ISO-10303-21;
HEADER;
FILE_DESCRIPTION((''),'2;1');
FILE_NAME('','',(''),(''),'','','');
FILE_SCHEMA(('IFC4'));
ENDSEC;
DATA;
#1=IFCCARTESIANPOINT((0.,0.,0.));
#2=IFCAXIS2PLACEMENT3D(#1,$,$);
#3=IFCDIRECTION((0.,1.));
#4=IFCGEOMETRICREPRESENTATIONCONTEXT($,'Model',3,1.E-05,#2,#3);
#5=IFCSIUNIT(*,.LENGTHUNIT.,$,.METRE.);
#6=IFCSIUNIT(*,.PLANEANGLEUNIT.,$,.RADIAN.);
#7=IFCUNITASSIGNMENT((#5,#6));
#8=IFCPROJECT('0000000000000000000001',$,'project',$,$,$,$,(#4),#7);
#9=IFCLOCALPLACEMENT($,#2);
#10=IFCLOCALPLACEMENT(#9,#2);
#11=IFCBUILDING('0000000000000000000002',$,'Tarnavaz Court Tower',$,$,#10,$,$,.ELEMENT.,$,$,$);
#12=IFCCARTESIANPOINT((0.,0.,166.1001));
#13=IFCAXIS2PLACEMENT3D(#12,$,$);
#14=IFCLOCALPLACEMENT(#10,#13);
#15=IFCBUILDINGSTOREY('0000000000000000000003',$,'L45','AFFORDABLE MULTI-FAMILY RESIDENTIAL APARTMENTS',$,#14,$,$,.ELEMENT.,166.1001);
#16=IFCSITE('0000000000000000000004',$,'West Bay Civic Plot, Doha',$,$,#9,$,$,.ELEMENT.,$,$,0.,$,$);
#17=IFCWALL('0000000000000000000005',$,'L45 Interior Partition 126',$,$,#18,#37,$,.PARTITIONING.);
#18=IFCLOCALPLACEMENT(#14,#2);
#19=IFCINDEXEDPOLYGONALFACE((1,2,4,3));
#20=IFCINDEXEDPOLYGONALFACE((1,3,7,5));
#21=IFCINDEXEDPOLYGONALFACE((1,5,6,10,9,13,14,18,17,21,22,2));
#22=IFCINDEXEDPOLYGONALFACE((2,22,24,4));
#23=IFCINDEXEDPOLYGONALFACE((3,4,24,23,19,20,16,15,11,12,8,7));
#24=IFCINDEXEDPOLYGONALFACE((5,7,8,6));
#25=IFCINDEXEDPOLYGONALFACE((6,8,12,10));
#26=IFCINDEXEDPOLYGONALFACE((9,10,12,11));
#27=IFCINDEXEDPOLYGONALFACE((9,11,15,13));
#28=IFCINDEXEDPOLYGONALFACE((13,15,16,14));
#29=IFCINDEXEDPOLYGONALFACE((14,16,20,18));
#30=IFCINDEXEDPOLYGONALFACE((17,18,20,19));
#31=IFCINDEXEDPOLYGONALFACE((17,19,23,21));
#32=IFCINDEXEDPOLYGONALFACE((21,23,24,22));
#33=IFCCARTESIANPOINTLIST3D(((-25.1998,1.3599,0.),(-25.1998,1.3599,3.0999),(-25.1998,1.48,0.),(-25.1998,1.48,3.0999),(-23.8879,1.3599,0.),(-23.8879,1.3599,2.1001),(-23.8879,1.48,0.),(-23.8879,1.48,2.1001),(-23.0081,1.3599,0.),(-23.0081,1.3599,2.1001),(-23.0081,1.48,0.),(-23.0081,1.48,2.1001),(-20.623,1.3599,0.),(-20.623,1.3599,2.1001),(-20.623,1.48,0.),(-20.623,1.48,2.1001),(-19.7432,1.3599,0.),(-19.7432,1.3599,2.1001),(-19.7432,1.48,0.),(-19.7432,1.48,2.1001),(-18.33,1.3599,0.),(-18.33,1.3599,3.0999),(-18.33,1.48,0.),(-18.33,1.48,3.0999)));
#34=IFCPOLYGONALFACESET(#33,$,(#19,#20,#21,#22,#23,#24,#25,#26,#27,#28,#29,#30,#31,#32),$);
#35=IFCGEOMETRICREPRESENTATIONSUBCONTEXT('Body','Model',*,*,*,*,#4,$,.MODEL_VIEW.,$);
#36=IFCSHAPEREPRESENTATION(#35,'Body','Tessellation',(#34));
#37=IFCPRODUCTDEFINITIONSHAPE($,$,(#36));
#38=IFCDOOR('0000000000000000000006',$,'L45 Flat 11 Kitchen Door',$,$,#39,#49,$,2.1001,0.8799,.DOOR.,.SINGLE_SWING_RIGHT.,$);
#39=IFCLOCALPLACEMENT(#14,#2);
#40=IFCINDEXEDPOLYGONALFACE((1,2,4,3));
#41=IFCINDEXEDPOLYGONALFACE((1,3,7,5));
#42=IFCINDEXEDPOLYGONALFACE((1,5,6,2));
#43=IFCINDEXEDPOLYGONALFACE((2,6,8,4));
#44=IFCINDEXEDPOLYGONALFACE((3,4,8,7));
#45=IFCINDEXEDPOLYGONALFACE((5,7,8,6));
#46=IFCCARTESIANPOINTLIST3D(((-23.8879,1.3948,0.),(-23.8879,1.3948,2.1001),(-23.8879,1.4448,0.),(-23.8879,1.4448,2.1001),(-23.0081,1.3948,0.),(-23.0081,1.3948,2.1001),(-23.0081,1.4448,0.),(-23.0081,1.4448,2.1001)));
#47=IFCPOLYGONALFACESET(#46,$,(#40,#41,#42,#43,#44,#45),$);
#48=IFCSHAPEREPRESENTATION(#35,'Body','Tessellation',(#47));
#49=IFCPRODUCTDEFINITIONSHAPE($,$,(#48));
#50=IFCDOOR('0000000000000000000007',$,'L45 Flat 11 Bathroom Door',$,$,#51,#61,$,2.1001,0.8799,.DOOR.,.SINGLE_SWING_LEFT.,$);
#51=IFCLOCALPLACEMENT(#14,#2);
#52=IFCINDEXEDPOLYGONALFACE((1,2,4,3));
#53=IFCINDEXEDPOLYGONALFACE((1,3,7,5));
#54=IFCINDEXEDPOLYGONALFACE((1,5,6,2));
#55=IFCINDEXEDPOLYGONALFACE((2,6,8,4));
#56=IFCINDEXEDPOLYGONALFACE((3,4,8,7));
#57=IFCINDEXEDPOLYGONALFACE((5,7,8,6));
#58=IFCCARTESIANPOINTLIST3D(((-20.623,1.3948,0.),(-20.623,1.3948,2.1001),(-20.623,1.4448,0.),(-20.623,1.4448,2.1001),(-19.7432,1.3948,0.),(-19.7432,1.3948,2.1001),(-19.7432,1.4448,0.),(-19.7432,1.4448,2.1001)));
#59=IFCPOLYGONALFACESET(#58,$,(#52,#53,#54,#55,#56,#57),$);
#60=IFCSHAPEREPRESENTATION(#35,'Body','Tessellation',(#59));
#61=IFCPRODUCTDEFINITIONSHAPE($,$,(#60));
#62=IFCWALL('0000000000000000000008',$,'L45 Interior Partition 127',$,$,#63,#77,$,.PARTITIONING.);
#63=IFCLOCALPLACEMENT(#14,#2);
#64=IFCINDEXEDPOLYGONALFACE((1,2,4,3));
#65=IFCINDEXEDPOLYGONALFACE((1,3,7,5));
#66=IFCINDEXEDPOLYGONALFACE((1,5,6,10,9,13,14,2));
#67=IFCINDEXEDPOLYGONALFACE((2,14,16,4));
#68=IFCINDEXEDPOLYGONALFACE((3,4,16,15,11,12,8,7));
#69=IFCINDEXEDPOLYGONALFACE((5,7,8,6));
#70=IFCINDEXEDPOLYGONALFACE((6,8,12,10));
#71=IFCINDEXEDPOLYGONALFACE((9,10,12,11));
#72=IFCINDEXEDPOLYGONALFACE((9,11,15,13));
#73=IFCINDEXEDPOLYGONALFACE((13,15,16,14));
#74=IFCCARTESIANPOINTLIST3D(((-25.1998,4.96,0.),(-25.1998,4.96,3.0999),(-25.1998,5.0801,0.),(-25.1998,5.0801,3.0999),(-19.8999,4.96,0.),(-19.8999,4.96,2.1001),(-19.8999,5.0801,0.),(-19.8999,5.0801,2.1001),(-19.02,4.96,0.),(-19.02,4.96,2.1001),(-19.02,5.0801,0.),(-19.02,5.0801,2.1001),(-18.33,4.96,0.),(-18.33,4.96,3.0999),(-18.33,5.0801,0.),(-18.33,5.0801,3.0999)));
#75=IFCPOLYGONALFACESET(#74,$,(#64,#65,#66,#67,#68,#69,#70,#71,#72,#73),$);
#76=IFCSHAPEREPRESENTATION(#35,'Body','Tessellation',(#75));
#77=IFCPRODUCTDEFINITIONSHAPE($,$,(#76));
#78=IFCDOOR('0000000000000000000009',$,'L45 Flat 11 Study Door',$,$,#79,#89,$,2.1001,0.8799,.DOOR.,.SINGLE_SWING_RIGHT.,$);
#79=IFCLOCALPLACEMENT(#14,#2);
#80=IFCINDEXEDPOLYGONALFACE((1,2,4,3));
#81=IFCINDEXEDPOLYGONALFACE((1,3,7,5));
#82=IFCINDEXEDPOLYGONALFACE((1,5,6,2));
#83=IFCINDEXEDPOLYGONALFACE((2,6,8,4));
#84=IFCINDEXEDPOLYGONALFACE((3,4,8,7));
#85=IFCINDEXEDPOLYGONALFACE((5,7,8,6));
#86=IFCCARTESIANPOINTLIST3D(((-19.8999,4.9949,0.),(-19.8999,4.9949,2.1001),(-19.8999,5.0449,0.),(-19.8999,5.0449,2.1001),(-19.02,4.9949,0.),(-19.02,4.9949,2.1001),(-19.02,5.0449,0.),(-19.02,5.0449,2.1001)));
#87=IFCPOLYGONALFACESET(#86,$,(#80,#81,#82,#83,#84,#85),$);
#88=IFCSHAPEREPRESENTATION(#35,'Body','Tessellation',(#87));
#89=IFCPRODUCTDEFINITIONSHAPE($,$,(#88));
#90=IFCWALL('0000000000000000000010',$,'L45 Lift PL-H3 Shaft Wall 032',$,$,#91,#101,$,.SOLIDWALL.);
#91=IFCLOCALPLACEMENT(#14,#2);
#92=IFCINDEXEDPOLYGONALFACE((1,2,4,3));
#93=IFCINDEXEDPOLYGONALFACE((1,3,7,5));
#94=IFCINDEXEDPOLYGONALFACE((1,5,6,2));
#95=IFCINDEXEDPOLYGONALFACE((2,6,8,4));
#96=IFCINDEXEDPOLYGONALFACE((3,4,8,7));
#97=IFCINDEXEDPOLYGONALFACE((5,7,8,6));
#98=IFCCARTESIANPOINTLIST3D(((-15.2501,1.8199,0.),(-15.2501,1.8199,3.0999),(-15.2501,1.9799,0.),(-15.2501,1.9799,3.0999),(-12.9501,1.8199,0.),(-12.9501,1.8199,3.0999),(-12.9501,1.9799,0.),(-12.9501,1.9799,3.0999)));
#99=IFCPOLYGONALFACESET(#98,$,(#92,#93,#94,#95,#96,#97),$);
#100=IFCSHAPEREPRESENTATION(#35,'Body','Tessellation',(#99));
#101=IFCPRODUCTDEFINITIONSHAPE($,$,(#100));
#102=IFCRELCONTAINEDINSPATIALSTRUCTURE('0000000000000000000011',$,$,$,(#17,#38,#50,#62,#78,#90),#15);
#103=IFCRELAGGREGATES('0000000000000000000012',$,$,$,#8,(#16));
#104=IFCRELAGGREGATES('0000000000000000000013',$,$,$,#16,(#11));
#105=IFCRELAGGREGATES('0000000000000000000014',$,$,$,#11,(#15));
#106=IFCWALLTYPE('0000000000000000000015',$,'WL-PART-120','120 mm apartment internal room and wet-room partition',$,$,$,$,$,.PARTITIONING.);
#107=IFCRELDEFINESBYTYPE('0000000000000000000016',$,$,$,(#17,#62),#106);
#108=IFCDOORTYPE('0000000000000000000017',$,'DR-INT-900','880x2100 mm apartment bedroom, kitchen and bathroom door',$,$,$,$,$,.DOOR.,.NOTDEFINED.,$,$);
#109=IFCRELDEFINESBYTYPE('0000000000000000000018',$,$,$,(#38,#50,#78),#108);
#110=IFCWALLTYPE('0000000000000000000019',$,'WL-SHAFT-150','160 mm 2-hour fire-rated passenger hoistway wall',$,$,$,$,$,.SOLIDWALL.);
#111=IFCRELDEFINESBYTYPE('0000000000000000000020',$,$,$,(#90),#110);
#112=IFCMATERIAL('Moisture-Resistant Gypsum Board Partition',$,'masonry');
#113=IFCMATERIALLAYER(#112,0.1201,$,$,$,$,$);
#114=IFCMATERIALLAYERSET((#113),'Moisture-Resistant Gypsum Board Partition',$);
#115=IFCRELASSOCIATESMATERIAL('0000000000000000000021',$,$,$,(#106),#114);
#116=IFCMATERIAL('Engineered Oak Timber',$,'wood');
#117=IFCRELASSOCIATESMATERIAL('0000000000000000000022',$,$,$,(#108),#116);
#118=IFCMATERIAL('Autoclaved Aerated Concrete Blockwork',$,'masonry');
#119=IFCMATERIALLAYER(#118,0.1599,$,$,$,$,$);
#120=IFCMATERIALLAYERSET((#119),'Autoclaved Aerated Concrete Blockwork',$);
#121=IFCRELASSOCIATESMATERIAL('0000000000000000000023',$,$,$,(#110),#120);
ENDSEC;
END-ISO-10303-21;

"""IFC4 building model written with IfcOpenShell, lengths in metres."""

from ifc_helpers import new_model, si_unit, direction, frame, frame_2d, origin, place, context, subcontext, project, spatial, rectangle, extrude, material, layer, layer_set, type_object, element, fill, save


model = new_model("IFC4")

# Units and contexts
model_context = context("Model", 3, precision=1e-05, world=origin(), true_north=direction((0.0, 1.0)))
body_context = subcontext(model_context, "Body", "Model", "MODEL_VIEW")
ifc_project = project(units=[si_unit("LENGTHUNIT", "METRE"), si_unit("PLANEANGLEUNIT", "RADIAN")], contexts=[model_context])

# Site, building, storey
site_placement = place(None, origin())
site = spatial("IfcSite", under=ifc_project, at=site_placement, Name="West Bay Civic Plot, Doha", CompositionType="ELEMENT", RefElevation=0.0)
building_placement = place(site_placement, origin())
building = spatial("IfcBuilding", under=site, at=building_placement, Name="Tarnavaz Court Tower", CompositionType="ELEMENT")
storey_placement = place(building_placement, frame((0.0, 0.0, 166.1001)))
storey = spatial("IfcBuildingStorey", under=building, at=storey_placement, Name="L45", Description="AFFORDABLE MULTI-FAMILY RESIDENTIAL APARTMENTS", CompositionType="ELEMENT", Elevation=166.1001)

# Shared definitions
ifc_material_1 = material(Name="Autoclaved Aerated Concrete Blockwork", Category="masonry")

# Wall, openings, doors
ifc_material_2 = material(Name="Moisture-Resistant Gypsum Board Partition", Category="masonry")
ifc_layer_1 = layer(ifc_material_2, 0.1201)
ifc_layer_set_1 = layer_set([ifc_layer_1], Name="Moisture-Resistant Gypsum Board Partition")
wall_type_1 = type_object("IfcWallType", Name="WL-PART-120", Description="120 mm apartment internal room and wet-room partition", PredefinedType="PARTITIONING", material=ifc_layer_set_1)
wall_1_placement = place(storey_placement, frame((-25.2, 1.4199, 0.0), z_axis=(0.0, 0.0, 1.0), x_axis=(1.0, 0.0, 0.0)))
wall_1 = element("IfcWall", 1, at=wall_1_placement, inside=storey, type_object=wall_type_1, Name="L45 Interior Partition 126", PredefinedType="PARTITIONING", context=body_context, shape_type="SweptSolid", body=[
    extrude(rectangle(XDim=6.8699, YDim=0.1201, at=frame_2d((3.4351, 0.0))), origin(), (0.0, 0.0, 1.0), 3.0999),
])
opening_1_placement = place(wall_1_placement, frame((1.312, 0.0, 0.0)))
opening_1 = element("IfcOpeningElement", 2, at=opening_1_placement, cuts=wall_1, PredefinedType="OPENING", context=body_context, shape_type="SweptSolid", body=[
    extrude(rectangle(XDim=0.8799, YDim=2.1001, at=frame_2d((0.4399, 1.05))), frame((0.0, 0.0701, 0.0), z_axis=(0.0, -1.0, 0.0), x_axis=(1.0, 0.0, 0.0)), (0.0, 0.0, 1.0), 0.1401),
])
opening_2_placement = place(wall_1_placement, frame((4.5769, 0.0, 0.0)))
opening_2 = element("IfcOpeningElement", 3, at=opening_2_placement, cuts=wall_1, PredefinedType="OPENING", context=body_context, shape_type="SweptSolid", body=[
    extrude(rectangle(XDim=0.8799, YDim=2.1001, at=frame_2d((0.4399, 1.05))), frame((0.0, 0.0701, 0.0), z_axis=(0.0, -1.0, 0.0), x_axis=(1.0, 0.0, 0.0)), (0.0, 0.0, 1.0), 0.1401),
])
ifc_material_3 = material(Name="Engineered Oak Timber", Category="wood")
door_type_1 = type_object("IfcDoorType", Name="DR-INT-900", Description="880x2100 mm apartment bedroom, kitchen and bathroom door", OperationType="NOTDEFINED", PredefinedType="DOOR", material=ifc_material_3)
door_1_placement = place(opening_1_placement, origin())
door_1 = element("IfcDoor", 4, at=door_1_placement, inside=storey, type_object=door_type_1, Name="L45 Flat 11 Kitchen Door", OperationType="SINGLE_SWING_RIGHT", OverallHeight=2.1001, OverallWidth=0.8799, PredefinedType="DOOR", context=body_context, shape_type="SweptSolid", body=[
    extrude(rectangle(XDim=0.8799, YDim=2.1001, at=frame_2d((0.4399, 1.05))), frame((0.0, 0.0249, 0.0), z_axis=(0.0, -1.0, 0.0), x_axis=(1.0, 0.0, 0.0)), (0.0, 0.0, 1.0), 0.05),
])
fill(opening_1, door_1)
door_2_placement = place(opening_2_placement, origin())
door_2 = element("IfcDoor", 5, at=door_2_placement, inside=storey, type_object=door_type_1, Name="L45 Flat 11 Bathroom Door", OperationType="SINGLE_SWING_LEFT", OverallHeight=2.1001, OverallWidth=0.8799, PredefinedType="DOOR", context=body_context, shape_type="SweptSolid", body=[
    extrude(rectangle(XDim=0.8799, YDim=2.1001, at=frame_2d((0.4399, 1.05))), frame((0.0, 0.0249, 0.0), z_axis=(0.0, -1.0, 0.0), x_axis=(1.0, 0.0, 0.0)), (0.0, 0.0, 1.0), 0.05),
])
fill(opening_2, door_2)

# Wall, opening, door
wall_2_placement = place(storey_placement, frame((-25.2, 5.02, 0.0), z_axis=(0.0, 0.0, 1.0), x_axis=(1.0, 0.0, 0.0)))
wall_2 = element("IfcWall", 6, at=wall_2_placement, inside=storey, type_object=wall_type_1, Name="L45 Interior Partition 127", PredefinedType="PARTITIONING", context=body_context, shape_type="SweptSolid", body=[
    extrude(rectangle(XDim=6.8699, YDim=0.1201, at=frame_2d((3.4351, 0.0))), origin(), (0.0, 0.0, 1.0), 3.0999),
])
opening_3_placement = place(wall_2_placement, frame((5.3, 0.0, 0.0)))
opening_3 = element("IfcOpeningElement", 7, at=opening_3_placement, cuts=wall_2, PredefinedType="OPENING", context=body_context, shape_type="SweptSolid", body=[
    extrude(rectangle(XDim=0.8799, YDim=2.1001, at=frame_2d((0.4399, 1.05))), frame((0.0, 0.0701, 0.0), z_axis=(0.0, -1.0, 0.0), x_axis=(1.0, 0.0, 0.0)), (0.0, 0.0, 1.0), 0.1401),
])
door_3_placement = place(opening_3_placement, origin())
door_3 = element("IfcDoor", 8, at=door_3_placement, inside=storey, type_object=door_type_1, Name="L45 Flat 11 Study Door", OperationType="SINGLE_SWING_RIGHT", OverallHeight=2.1001, OverallWidth=0.8799, PredefinedType="DOOR", context=body_context, shape_type="SweptSolid", body=[
    extrude(rectangle(XDim=0.8799, YDim=2.1001, at=frame_2d((0.4399, 1.05))), frame((0.0, 0.0249, 0.0), z_axis=(0.0, -1.0, 0.0), x_axis=(1.0, 0.0, 0.0)), (0.0, 0.0, 1.0), 0.05),
])
fill(opening_3, door_3)

# Wall
ifc_layer_2 = layer(ifc_material_1, 0.1599)
ifc_layer_set_2 = layer_set([ifc_layer_2], Name="Autoclaved Aerated Concrete Blockwork")
wall_type_2 = type_object("IfcWallType", Name="WL-SHAFT-150", Description="160 mm 2-hour fire-rated passenger hoistway wall", PredefinedType="SOLIDWALL", material=ifc_layer_set_2)
wall_3_placement = place(storey_placement, frame((-15.25, 1.8999, 0.0), z_axis=(0.0, 0.0, 1.0), x_axis=(1.0, 0.0, 0.0)))
element("IfcWall", 9, at=wall_3_placement, inside=storey, type_object=wall_type_2, Name="L45 Lift PL-H3 Shaft Wall 032", PredefinedType="SOLIDWALL", context=body_context, shape_type="SweptSolid", body=[
    extrude(rectangle(XDim=2.3, YDim=0.1599, at=frame_2d((1.1499, 0.0))), origin(), (0.0, 0.0, 1.0), 3.0999),
])

save(model, "model.ifc")
